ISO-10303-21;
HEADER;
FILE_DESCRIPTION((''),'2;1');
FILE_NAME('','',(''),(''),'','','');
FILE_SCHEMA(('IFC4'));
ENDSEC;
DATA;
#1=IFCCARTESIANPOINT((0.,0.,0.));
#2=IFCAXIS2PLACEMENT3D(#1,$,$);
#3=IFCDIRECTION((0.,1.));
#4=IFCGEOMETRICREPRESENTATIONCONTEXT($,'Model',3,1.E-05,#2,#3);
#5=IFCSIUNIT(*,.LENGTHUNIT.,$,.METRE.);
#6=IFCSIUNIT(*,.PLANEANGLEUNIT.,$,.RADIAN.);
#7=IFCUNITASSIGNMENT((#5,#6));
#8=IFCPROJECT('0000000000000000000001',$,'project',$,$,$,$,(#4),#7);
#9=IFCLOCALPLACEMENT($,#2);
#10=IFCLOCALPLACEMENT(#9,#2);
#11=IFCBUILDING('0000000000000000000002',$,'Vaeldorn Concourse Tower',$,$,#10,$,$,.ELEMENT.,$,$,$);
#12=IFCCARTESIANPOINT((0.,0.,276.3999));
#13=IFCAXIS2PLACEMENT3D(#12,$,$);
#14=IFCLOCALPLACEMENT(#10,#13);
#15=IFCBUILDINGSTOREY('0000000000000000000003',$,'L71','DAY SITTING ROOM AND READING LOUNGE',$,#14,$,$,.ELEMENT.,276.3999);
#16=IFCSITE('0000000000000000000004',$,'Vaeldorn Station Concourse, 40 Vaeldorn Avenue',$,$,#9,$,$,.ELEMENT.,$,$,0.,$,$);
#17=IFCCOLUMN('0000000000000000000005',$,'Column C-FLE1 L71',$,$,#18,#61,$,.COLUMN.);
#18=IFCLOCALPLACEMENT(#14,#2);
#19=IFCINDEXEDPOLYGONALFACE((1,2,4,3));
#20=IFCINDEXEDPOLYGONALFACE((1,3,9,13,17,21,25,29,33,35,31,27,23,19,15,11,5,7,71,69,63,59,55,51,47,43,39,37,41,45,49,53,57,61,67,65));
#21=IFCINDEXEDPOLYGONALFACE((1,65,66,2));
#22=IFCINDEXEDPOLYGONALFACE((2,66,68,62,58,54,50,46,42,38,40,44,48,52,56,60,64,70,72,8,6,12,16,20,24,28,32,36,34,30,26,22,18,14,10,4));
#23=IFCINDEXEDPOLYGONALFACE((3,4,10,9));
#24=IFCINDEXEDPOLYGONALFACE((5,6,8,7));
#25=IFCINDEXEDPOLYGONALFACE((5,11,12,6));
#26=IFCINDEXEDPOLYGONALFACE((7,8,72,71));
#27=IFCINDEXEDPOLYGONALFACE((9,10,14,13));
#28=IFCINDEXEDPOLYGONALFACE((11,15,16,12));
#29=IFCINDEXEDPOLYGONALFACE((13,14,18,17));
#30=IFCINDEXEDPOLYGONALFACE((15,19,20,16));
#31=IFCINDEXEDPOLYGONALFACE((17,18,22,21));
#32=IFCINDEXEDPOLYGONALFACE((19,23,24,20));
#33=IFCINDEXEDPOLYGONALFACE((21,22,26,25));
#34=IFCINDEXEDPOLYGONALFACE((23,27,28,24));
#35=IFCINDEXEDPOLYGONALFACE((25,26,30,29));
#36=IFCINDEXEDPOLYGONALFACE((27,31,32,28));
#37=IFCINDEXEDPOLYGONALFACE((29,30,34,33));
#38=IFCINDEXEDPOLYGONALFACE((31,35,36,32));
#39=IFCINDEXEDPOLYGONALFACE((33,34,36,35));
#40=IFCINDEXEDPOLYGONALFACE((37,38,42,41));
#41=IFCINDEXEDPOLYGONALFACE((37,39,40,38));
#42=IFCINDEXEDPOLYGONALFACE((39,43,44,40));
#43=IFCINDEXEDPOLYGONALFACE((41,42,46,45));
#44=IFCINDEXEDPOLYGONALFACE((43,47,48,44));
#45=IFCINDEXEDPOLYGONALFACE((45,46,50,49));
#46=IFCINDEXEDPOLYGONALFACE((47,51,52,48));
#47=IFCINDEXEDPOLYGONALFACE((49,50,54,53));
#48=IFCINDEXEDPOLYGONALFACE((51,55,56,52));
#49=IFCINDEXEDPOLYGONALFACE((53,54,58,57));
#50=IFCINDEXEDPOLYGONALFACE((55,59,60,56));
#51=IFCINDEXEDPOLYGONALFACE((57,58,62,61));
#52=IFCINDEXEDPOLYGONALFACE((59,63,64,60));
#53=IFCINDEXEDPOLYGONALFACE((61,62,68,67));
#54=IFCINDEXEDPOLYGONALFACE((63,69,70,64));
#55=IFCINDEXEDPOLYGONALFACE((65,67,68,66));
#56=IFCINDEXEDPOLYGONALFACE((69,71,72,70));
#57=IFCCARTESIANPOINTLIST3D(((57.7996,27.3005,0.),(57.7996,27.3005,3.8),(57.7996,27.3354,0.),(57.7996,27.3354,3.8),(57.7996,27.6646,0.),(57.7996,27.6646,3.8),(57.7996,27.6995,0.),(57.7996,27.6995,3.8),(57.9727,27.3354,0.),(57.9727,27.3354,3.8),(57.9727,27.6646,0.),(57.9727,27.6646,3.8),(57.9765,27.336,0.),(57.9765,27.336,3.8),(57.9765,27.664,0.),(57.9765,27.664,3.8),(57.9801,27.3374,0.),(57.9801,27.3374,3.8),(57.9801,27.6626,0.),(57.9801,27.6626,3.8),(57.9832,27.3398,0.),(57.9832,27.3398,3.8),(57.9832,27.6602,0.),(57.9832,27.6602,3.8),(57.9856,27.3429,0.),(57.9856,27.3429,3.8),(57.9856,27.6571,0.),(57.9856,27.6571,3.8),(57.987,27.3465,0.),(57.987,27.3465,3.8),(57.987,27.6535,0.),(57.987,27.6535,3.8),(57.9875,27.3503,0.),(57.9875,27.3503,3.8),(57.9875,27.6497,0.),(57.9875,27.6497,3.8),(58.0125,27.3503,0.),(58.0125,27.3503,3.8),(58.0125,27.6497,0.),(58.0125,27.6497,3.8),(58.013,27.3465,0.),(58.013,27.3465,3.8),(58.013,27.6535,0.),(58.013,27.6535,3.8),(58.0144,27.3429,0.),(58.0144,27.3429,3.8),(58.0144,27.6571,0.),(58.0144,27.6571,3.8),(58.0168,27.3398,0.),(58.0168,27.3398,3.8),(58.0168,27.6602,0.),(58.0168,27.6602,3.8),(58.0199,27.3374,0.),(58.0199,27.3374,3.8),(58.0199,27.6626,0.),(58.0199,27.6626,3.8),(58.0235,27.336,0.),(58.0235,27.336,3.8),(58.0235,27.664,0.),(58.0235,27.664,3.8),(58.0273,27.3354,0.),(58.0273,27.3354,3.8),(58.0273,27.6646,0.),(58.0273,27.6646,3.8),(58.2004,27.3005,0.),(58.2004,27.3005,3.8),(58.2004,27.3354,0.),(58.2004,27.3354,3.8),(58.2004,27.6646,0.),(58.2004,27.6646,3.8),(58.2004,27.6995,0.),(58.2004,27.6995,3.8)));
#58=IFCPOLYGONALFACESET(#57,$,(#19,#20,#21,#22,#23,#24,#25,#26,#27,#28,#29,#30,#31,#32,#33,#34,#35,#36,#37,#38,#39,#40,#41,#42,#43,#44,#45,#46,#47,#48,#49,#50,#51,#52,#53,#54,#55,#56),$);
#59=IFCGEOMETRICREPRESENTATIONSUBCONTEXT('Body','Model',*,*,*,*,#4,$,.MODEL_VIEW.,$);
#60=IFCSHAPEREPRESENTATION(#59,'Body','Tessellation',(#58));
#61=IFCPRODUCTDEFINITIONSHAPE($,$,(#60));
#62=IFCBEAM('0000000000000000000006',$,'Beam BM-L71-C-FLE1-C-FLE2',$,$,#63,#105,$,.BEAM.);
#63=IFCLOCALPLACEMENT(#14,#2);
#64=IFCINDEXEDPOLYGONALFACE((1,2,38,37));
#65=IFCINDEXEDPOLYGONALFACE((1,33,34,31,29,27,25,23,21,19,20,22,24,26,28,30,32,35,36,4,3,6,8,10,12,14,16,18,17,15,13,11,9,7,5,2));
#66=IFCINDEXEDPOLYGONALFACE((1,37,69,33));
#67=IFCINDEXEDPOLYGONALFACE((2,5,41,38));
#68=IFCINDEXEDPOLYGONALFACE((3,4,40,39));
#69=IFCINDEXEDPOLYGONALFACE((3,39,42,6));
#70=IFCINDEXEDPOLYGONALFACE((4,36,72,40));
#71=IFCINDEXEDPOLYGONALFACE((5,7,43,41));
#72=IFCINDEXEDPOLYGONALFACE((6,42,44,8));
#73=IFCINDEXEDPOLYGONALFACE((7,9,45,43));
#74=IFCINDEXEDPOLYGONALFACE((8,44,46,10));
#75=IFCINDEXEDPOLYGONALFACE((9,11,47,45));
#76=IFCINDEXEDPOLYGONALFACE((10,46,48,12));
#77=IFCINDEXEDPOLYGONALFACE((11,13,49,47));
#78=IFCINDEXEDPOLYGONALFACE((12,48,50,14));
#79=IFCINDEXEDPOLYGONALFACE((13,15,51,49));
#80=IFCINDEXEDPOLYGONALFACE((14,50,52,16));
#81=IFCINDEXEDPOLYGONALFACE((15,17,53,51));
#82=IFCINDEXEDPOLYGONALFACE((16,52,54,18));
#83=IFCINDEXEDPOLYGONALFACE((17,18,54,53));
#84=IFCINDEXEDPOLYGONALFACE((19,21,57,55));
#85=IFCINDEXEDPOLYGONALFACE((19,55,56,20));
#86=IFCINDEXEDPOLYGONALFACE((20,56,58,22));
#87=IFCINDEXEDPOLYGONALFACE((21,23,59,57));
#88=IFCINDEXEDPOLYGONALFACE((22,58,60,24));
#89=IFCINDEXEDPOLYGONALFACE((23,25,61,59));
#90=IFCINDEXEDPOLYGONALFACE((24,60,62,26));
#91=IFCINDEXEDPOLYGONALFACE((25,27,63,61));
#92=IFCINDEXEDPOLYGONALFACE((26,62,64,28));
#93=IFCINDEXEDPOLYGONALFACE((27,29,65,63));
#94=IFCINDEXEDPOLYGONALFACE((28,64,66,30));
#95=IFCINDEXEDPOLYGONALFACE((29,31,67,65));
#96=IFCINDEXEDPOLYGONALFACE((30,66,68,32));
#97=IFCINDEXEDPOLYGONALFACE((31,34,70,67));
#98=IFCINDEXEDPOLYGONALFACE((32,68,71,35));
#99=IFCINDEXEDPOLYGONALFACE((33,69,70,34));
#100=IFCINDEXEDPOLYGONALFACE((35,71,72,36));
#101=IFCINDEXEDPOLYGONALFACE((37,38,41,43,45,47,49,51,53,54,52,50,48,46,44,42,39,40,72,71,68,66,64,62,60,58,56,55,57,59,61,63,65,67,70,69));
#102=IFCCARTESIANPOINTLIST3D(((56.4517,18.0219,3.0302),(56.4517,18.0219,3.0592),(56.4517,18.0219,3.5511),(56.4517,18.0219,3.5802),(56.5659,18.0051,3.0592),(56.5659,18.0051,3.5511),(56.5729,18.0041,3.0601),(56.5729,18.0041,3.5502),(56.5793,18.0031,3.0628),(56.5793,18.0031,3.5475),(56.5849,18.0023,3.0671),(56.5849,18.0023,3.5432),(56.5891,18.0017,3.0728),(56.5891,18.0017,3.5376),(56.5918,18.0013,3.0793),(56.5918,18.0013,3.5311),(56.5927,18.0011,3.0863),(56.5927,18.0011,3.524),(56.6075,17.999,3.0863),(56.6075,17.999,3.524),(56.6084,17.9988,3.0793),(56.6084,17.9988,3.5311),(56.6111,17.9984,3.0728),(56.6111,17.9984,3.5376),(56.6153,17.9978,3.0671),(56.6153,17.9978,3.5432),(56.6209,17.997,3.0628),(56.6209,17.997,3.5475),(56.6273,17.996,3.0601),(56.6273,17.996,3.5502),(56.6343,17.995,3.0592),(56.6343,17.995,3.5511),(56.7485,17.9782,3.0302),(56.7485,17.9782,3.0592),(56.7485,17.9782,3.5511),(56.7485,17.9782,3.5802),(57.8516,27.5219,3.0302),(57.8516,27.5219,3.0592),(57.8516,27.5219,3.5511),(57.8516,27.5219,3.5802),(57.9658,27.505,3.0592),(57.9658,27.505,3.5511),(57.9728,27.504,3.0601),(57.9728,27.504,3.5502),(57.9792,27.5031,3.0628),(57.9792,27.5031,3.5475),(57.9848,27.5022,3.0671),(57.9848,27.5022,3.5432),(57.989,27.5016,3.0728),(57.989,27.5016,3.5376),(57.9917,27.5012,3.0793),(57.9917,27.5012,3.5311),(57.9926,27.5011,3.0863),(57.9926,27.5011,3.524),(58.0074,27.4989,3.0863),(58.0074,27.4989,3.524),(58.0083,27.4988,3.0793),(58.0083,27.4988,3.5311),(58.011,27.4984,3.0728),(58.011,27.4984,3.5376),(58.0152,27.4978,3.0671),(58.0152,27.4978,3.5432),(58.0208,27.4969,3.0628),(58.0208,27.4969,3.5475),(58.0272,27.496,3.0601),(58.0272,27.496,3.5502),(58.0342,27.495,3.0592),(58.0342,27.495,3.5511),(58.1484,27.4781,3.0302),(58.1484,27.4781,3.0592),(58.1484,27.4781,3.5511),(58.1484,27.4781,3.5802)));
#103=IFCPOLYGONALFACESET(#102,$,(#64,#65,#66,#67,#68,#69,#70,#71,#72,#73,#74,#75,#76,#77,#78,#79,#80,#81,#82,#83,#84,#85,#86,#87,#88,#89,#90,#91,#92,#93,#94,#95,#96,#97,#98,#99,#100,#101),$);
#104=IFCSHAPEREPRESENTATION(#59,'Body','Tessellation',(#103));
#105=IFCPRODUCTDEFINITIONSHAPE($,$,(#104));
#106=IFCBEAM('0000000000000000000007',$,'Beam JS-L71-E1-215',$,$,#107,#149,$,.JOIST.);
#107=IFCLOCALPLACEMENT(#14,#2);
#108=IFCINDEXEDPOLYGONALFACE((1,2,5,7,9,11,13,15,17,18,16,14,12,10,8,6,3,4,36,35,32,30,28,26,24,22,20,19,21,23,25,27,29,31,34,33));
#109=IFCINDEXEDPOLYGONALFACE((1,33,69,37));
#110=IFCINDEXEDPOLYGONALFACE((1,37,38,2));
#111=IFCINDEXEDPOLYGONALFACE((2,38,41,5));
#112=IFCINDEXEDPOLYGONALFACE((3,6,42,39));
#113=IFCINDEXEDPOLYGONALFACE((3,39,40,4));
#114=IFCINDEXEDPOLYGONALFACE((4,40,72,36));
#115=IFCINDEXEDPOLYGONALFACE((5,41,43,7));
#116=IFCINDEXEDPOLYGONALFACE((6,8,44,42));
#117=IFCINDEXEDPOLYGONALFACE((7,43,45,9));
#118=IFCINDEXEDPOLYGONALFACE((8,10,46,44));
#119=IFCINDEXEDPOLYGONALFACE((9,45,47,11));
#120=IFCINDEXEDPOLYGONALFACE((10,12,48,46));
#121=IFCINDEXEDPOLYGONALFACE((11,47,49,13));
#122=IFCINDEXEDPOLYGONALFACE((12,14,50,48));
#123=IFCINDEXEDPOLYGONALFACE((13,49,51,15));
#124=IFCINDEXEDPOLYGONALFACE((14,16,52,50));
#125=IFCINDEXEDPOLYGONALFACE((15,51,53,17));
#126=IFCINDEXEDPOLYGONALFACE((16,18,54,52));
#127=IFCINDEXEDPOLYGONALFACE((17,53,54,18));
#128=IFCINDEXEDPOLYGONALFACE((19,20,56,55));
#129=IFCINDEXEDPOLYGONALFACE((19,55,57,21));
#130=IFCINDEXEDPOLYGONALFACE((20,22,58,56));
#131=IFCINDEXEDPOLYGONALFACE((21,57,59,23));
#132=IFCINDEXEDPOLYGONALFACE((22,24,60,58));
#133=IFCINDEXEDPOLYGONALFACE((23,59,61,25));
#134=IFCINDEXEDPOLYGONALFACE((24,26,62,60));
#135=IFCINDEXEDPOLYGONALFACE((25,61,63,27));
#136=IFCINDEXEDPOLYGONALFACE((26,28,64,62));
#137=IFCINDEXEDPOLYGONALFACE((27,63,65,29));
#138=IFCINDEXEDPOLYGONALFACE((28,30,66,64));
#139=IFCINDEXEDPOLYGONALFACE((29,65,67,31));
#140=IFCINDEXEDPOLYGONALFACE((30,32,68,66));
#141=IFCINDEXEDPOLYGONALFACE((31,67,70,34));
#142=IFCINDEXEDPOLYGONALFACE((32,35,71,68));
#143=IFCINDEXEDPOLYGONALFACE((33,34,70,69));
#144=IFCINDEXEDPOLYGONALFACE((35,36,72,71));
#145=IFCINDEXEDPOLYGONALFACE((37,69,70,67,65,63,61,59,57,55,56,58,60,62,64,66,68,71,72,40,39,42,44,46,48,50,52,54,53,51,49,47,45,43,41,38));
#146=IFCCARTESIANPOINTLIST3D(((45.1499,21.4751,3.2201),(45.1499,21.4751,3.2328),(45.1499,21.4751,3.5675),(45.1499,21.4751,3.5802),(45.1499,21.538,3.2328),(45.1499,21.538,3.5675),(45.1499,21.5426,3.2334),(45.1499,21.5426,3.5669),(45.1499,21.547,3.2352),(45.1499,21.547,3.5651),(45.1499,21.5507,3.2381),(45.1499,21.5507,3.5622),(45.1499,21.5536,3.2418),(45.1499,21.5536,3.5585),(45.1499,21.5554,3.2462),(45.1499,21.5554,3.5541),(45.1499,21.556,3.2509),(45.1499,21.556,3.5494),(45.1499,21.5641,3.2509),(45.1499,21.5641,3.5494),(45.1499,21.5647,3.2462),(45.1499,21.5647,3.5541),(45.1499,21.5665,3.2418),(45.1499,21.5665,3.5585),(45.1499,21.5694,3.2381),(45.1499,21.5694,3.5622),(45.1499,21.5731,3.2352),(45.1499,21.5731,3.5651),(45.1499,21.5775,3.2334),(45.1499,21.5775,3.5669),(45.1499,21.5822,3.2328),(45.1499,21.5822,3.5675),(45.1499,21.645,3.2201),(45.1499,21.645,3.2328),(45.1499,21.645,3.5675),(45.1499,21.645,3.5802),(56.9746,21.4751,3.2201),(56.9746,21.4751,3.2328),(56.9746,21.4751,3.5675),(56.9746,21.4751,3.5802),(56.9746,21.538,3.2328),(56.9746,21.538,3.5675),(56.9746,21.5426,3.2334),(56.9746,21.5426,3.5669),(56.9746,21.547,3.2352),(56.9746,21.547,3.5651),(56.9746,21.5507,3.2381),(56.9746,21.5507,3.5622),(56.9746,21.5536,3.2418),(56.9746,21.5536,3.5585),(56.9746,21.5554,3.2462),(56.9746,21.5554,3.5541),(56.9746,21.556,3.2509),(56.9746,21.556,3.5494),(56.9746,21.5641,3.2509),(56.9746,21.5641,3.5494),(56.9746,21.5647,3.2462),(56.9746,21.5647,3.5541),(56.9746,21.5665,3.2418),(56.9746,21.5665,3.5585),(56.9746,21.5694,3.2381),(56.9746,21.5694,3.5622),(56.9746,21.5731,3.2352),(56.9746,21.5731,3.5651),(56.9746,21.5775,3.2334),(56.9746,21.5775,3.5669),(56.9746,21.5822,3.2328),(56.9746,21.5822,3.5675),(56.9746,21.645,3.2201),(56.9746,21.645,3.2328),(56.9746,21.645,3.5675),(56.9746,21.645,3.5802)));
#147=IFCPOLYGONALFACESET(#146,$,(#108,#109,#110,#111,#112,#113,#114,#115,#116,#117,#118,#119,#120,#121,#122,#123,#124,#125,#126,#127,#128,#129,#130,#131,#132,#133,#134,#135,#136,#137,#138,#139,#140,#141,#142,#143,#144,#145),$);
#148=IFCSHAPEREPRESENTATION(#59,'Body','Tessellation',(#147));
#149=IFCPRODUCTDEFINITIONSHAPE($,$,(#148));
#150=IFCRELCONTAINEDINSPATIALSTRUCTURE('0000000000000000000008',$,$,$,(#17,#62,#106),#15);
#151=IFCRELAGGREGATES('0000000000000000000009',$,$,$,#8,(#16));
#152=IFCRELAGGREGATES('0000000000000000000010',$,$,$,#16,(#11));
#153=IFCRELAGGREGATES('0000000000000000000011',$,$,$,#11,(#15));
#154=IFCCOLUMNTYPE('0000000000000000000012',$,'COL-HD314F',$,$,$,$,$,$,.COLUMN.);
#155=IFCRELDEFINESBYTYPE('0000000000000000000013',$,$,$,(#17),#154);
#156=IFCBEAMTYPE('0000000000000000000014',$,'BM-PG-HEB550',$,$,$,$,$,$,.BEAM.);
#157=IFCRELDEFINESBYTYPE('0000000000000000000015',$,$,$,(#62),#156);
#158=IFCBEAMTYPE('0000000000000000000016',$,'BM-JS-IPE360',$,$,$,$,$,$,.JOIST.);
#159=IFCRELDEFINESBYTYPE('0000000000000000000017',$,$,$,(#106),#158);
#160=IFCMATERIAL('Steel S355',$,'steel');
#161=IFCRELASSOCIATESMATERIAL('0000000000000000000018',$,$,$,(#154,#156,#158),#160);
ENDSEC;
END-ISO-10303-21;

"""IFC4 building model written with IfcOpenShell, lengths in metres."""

from ifc_helpers import new_model, si_unit, direction, frame, origin, origin_2d, place, context, subcontext, project, spatial, i_section, extrude, source, transform, mapped, material, material_profile, profile_set, type_object, element, save


model = new_model("IFC4")

# Units and contexts
model_context = context("Model", 3, precision=1e-05, world=origin(), true_north=direction((0.0, 1.0)))
body_context = subcontext(model_context, "Body", "Model", "MODEL_VIEW")
ifc_project = project(units=[si_unit("LENGTHUNIT", "METRE"), si_unit("PLANEANGLEUNIT", "RADIAN")], contexts=[model_context])

# Site, building, storey
site_placement = place(None, origin())
site = spatial("IfcSite", under=ifc_project, at=site_placement, Name="Vaeldorn Station Concourse, 40 Vaeldorn Avenue", CompositionType="ELEMENT", RefElevation=0.0)
building_placement = place(site_placement, origin())
building = spatial("IfcBuilding", under=site, at=building_placement, Name="Vaeldorn Concourse Tower", CompositionType="ELEMENT")
storey_placement = place(building_placement, frame((0.0, 0.0, 276.3999)))
storey = spatial("IfcBuildingStorey", under=building, at=storey_placement, Name="L71", Description="DAY SITTING ROOM AND READING LOUNGE", CompositionType="ELEMENT", Elevation=276.3999)

# Column
ifc_material_1 = material(Name="Steel S355", Category="steel")
ifc_material_profile_1 = material_profile(ifc_material_1, i_section(OverallWidth=0.4009, OverallDepth=0.3989, WebThickness=0.0249, FlangeThickness=0.0349, FilletRadius=0.0149, at=origin_2d()), Name="HD 400x314")
ifc_profile_set_1 = profile_set([ifc_material_profile_1], Name="Steel S355")
column_type = type_object("IfcColumnType", Name="COL-HD314F", PredefinedType="COLUMN", material=ifc_profile_set_1)
shared_shape_1 = source(origin(), body_context, "Body", "SweptSolid", [
    extrude(i_section(OverallWidth=0.4009, OverallDepth=0.3989, WebThickness=0.0249, FlangeThickness=0.0349, FilletRadius=0.0149, at=origin_2d()), origin(), (0.0, 0.0, 1.0), 3.8),
])
column_placement = place(storey_placement, frame((58.0, 27.5, 0.0), z_axis=(0.0, 0.0, 1.0), x_axis=(1.0, 0.0, 0.0)))
element("IfcColumn", 1, at=column_placement, inside=storey, type_object=column_type, Name="Column C-FLE1 L71", PredefinedType="COLUMN", context=body_context, shape_type="MappedRepresentation", body=[
    mapped(shared_shape_1, transform((0.0, 0.0, 0.0), scale=1.0)),
])

# Beams
ifc_material_profile_2 = material_profile(ifc_material_1, i_section(OverallWidth=0.3, OverallDepth=0.55, WebThickness=0.0149, FlangeThickness=0.0291, FilletRadius=0.0271, at=origin_2d()), Name="HEB 550")
ifc_profile_set_2 = profile_set([ifc_material_profile_2], Name="Steel S355")
beam_type_1 = type_object("IfcBeamType", Name="BM-PG-HEB550", PredefinedType="BEAM", material=ifc_profile_set_2)
shared_shape_2 = source(origin(), body_context, "Body", "SweptSolid", [
    extrude(i_section(OverallWidth=0.3, OverallDepth=0.55, WebThickness=0.0149, FlangeThickness=0.0291, FilletRadius=0.0271, at=origin_2d()), origin(), (0.0, 0.0, 1.0), 9.6025),
])
beam_1_placement = place(storey_placement, frame((58.0, 27.5, 3.3052), z_axis=(-0.145784, -0.989316, 0.0), x_axis=(0.989316, -0.145784, 0.0)))
element("IfcBeam", 2, at=beam_1_placement, inside=storey, type_object=beam_type_1, Name="Beam BM-L71-C-FLE1-C-FLE2", PredefinedType="BEAM", context=body_context, shape_type="MappedRepresentation", body=[
    mapped(shared_shape_2, transform((0.0, 0.0, 0.0), scale=1.0)),
])
ifc_material_profile_3 = material_profile(ifc_material_1, i_section(OverallWidth=0.1699, OverallDepth=0.3601, WebThickness=0.0081, FlangeThickness=0.0127, FilletRadius=0.0181, at=origin_2d()), Name="IPE 360")
ifc_profile_set_3 = profile_set([ifc_material_profile_3], Name="Steel S355")
beam_type_2 = type_object("IfcBeamType", Name="BM-JS-IPE360", PredefinedType="JOIST", material=ifc_profile_set_3)
shared_shape_3 = source(origin(), body_context, "Body", "SweptSolid", [
    extrude(i_section(OverallWidth=0.1699, OverallDepth=0.3601, WebThickness=0.0081, FlangeThickness=0.0127, FilletRadius=0.0181, at=origin_2d()), origin(), (0.0, 0.0, 1.0), 11.8247),
])
beam_2_placement = place(storey_placement, frame((45.1499, 21.5601, 3.4001), z_axis=(1.0, 0.0, 0.0), x_axis=(0.0, 1.0, 0.0)))
element("IfcBeam", 3, at=beam_2_placement, inside=storey, type_object=beam_type_2, Name="Beam JS-L71-E1-215", PredefinedType="JOIST", context=body_context, shape_type="MappedRepresentation", body=[
    mapped(shared_shape_3, transform((0.0, 0.0, 0.0), scale=1.0)),
])

save(model, "model.ifc")
